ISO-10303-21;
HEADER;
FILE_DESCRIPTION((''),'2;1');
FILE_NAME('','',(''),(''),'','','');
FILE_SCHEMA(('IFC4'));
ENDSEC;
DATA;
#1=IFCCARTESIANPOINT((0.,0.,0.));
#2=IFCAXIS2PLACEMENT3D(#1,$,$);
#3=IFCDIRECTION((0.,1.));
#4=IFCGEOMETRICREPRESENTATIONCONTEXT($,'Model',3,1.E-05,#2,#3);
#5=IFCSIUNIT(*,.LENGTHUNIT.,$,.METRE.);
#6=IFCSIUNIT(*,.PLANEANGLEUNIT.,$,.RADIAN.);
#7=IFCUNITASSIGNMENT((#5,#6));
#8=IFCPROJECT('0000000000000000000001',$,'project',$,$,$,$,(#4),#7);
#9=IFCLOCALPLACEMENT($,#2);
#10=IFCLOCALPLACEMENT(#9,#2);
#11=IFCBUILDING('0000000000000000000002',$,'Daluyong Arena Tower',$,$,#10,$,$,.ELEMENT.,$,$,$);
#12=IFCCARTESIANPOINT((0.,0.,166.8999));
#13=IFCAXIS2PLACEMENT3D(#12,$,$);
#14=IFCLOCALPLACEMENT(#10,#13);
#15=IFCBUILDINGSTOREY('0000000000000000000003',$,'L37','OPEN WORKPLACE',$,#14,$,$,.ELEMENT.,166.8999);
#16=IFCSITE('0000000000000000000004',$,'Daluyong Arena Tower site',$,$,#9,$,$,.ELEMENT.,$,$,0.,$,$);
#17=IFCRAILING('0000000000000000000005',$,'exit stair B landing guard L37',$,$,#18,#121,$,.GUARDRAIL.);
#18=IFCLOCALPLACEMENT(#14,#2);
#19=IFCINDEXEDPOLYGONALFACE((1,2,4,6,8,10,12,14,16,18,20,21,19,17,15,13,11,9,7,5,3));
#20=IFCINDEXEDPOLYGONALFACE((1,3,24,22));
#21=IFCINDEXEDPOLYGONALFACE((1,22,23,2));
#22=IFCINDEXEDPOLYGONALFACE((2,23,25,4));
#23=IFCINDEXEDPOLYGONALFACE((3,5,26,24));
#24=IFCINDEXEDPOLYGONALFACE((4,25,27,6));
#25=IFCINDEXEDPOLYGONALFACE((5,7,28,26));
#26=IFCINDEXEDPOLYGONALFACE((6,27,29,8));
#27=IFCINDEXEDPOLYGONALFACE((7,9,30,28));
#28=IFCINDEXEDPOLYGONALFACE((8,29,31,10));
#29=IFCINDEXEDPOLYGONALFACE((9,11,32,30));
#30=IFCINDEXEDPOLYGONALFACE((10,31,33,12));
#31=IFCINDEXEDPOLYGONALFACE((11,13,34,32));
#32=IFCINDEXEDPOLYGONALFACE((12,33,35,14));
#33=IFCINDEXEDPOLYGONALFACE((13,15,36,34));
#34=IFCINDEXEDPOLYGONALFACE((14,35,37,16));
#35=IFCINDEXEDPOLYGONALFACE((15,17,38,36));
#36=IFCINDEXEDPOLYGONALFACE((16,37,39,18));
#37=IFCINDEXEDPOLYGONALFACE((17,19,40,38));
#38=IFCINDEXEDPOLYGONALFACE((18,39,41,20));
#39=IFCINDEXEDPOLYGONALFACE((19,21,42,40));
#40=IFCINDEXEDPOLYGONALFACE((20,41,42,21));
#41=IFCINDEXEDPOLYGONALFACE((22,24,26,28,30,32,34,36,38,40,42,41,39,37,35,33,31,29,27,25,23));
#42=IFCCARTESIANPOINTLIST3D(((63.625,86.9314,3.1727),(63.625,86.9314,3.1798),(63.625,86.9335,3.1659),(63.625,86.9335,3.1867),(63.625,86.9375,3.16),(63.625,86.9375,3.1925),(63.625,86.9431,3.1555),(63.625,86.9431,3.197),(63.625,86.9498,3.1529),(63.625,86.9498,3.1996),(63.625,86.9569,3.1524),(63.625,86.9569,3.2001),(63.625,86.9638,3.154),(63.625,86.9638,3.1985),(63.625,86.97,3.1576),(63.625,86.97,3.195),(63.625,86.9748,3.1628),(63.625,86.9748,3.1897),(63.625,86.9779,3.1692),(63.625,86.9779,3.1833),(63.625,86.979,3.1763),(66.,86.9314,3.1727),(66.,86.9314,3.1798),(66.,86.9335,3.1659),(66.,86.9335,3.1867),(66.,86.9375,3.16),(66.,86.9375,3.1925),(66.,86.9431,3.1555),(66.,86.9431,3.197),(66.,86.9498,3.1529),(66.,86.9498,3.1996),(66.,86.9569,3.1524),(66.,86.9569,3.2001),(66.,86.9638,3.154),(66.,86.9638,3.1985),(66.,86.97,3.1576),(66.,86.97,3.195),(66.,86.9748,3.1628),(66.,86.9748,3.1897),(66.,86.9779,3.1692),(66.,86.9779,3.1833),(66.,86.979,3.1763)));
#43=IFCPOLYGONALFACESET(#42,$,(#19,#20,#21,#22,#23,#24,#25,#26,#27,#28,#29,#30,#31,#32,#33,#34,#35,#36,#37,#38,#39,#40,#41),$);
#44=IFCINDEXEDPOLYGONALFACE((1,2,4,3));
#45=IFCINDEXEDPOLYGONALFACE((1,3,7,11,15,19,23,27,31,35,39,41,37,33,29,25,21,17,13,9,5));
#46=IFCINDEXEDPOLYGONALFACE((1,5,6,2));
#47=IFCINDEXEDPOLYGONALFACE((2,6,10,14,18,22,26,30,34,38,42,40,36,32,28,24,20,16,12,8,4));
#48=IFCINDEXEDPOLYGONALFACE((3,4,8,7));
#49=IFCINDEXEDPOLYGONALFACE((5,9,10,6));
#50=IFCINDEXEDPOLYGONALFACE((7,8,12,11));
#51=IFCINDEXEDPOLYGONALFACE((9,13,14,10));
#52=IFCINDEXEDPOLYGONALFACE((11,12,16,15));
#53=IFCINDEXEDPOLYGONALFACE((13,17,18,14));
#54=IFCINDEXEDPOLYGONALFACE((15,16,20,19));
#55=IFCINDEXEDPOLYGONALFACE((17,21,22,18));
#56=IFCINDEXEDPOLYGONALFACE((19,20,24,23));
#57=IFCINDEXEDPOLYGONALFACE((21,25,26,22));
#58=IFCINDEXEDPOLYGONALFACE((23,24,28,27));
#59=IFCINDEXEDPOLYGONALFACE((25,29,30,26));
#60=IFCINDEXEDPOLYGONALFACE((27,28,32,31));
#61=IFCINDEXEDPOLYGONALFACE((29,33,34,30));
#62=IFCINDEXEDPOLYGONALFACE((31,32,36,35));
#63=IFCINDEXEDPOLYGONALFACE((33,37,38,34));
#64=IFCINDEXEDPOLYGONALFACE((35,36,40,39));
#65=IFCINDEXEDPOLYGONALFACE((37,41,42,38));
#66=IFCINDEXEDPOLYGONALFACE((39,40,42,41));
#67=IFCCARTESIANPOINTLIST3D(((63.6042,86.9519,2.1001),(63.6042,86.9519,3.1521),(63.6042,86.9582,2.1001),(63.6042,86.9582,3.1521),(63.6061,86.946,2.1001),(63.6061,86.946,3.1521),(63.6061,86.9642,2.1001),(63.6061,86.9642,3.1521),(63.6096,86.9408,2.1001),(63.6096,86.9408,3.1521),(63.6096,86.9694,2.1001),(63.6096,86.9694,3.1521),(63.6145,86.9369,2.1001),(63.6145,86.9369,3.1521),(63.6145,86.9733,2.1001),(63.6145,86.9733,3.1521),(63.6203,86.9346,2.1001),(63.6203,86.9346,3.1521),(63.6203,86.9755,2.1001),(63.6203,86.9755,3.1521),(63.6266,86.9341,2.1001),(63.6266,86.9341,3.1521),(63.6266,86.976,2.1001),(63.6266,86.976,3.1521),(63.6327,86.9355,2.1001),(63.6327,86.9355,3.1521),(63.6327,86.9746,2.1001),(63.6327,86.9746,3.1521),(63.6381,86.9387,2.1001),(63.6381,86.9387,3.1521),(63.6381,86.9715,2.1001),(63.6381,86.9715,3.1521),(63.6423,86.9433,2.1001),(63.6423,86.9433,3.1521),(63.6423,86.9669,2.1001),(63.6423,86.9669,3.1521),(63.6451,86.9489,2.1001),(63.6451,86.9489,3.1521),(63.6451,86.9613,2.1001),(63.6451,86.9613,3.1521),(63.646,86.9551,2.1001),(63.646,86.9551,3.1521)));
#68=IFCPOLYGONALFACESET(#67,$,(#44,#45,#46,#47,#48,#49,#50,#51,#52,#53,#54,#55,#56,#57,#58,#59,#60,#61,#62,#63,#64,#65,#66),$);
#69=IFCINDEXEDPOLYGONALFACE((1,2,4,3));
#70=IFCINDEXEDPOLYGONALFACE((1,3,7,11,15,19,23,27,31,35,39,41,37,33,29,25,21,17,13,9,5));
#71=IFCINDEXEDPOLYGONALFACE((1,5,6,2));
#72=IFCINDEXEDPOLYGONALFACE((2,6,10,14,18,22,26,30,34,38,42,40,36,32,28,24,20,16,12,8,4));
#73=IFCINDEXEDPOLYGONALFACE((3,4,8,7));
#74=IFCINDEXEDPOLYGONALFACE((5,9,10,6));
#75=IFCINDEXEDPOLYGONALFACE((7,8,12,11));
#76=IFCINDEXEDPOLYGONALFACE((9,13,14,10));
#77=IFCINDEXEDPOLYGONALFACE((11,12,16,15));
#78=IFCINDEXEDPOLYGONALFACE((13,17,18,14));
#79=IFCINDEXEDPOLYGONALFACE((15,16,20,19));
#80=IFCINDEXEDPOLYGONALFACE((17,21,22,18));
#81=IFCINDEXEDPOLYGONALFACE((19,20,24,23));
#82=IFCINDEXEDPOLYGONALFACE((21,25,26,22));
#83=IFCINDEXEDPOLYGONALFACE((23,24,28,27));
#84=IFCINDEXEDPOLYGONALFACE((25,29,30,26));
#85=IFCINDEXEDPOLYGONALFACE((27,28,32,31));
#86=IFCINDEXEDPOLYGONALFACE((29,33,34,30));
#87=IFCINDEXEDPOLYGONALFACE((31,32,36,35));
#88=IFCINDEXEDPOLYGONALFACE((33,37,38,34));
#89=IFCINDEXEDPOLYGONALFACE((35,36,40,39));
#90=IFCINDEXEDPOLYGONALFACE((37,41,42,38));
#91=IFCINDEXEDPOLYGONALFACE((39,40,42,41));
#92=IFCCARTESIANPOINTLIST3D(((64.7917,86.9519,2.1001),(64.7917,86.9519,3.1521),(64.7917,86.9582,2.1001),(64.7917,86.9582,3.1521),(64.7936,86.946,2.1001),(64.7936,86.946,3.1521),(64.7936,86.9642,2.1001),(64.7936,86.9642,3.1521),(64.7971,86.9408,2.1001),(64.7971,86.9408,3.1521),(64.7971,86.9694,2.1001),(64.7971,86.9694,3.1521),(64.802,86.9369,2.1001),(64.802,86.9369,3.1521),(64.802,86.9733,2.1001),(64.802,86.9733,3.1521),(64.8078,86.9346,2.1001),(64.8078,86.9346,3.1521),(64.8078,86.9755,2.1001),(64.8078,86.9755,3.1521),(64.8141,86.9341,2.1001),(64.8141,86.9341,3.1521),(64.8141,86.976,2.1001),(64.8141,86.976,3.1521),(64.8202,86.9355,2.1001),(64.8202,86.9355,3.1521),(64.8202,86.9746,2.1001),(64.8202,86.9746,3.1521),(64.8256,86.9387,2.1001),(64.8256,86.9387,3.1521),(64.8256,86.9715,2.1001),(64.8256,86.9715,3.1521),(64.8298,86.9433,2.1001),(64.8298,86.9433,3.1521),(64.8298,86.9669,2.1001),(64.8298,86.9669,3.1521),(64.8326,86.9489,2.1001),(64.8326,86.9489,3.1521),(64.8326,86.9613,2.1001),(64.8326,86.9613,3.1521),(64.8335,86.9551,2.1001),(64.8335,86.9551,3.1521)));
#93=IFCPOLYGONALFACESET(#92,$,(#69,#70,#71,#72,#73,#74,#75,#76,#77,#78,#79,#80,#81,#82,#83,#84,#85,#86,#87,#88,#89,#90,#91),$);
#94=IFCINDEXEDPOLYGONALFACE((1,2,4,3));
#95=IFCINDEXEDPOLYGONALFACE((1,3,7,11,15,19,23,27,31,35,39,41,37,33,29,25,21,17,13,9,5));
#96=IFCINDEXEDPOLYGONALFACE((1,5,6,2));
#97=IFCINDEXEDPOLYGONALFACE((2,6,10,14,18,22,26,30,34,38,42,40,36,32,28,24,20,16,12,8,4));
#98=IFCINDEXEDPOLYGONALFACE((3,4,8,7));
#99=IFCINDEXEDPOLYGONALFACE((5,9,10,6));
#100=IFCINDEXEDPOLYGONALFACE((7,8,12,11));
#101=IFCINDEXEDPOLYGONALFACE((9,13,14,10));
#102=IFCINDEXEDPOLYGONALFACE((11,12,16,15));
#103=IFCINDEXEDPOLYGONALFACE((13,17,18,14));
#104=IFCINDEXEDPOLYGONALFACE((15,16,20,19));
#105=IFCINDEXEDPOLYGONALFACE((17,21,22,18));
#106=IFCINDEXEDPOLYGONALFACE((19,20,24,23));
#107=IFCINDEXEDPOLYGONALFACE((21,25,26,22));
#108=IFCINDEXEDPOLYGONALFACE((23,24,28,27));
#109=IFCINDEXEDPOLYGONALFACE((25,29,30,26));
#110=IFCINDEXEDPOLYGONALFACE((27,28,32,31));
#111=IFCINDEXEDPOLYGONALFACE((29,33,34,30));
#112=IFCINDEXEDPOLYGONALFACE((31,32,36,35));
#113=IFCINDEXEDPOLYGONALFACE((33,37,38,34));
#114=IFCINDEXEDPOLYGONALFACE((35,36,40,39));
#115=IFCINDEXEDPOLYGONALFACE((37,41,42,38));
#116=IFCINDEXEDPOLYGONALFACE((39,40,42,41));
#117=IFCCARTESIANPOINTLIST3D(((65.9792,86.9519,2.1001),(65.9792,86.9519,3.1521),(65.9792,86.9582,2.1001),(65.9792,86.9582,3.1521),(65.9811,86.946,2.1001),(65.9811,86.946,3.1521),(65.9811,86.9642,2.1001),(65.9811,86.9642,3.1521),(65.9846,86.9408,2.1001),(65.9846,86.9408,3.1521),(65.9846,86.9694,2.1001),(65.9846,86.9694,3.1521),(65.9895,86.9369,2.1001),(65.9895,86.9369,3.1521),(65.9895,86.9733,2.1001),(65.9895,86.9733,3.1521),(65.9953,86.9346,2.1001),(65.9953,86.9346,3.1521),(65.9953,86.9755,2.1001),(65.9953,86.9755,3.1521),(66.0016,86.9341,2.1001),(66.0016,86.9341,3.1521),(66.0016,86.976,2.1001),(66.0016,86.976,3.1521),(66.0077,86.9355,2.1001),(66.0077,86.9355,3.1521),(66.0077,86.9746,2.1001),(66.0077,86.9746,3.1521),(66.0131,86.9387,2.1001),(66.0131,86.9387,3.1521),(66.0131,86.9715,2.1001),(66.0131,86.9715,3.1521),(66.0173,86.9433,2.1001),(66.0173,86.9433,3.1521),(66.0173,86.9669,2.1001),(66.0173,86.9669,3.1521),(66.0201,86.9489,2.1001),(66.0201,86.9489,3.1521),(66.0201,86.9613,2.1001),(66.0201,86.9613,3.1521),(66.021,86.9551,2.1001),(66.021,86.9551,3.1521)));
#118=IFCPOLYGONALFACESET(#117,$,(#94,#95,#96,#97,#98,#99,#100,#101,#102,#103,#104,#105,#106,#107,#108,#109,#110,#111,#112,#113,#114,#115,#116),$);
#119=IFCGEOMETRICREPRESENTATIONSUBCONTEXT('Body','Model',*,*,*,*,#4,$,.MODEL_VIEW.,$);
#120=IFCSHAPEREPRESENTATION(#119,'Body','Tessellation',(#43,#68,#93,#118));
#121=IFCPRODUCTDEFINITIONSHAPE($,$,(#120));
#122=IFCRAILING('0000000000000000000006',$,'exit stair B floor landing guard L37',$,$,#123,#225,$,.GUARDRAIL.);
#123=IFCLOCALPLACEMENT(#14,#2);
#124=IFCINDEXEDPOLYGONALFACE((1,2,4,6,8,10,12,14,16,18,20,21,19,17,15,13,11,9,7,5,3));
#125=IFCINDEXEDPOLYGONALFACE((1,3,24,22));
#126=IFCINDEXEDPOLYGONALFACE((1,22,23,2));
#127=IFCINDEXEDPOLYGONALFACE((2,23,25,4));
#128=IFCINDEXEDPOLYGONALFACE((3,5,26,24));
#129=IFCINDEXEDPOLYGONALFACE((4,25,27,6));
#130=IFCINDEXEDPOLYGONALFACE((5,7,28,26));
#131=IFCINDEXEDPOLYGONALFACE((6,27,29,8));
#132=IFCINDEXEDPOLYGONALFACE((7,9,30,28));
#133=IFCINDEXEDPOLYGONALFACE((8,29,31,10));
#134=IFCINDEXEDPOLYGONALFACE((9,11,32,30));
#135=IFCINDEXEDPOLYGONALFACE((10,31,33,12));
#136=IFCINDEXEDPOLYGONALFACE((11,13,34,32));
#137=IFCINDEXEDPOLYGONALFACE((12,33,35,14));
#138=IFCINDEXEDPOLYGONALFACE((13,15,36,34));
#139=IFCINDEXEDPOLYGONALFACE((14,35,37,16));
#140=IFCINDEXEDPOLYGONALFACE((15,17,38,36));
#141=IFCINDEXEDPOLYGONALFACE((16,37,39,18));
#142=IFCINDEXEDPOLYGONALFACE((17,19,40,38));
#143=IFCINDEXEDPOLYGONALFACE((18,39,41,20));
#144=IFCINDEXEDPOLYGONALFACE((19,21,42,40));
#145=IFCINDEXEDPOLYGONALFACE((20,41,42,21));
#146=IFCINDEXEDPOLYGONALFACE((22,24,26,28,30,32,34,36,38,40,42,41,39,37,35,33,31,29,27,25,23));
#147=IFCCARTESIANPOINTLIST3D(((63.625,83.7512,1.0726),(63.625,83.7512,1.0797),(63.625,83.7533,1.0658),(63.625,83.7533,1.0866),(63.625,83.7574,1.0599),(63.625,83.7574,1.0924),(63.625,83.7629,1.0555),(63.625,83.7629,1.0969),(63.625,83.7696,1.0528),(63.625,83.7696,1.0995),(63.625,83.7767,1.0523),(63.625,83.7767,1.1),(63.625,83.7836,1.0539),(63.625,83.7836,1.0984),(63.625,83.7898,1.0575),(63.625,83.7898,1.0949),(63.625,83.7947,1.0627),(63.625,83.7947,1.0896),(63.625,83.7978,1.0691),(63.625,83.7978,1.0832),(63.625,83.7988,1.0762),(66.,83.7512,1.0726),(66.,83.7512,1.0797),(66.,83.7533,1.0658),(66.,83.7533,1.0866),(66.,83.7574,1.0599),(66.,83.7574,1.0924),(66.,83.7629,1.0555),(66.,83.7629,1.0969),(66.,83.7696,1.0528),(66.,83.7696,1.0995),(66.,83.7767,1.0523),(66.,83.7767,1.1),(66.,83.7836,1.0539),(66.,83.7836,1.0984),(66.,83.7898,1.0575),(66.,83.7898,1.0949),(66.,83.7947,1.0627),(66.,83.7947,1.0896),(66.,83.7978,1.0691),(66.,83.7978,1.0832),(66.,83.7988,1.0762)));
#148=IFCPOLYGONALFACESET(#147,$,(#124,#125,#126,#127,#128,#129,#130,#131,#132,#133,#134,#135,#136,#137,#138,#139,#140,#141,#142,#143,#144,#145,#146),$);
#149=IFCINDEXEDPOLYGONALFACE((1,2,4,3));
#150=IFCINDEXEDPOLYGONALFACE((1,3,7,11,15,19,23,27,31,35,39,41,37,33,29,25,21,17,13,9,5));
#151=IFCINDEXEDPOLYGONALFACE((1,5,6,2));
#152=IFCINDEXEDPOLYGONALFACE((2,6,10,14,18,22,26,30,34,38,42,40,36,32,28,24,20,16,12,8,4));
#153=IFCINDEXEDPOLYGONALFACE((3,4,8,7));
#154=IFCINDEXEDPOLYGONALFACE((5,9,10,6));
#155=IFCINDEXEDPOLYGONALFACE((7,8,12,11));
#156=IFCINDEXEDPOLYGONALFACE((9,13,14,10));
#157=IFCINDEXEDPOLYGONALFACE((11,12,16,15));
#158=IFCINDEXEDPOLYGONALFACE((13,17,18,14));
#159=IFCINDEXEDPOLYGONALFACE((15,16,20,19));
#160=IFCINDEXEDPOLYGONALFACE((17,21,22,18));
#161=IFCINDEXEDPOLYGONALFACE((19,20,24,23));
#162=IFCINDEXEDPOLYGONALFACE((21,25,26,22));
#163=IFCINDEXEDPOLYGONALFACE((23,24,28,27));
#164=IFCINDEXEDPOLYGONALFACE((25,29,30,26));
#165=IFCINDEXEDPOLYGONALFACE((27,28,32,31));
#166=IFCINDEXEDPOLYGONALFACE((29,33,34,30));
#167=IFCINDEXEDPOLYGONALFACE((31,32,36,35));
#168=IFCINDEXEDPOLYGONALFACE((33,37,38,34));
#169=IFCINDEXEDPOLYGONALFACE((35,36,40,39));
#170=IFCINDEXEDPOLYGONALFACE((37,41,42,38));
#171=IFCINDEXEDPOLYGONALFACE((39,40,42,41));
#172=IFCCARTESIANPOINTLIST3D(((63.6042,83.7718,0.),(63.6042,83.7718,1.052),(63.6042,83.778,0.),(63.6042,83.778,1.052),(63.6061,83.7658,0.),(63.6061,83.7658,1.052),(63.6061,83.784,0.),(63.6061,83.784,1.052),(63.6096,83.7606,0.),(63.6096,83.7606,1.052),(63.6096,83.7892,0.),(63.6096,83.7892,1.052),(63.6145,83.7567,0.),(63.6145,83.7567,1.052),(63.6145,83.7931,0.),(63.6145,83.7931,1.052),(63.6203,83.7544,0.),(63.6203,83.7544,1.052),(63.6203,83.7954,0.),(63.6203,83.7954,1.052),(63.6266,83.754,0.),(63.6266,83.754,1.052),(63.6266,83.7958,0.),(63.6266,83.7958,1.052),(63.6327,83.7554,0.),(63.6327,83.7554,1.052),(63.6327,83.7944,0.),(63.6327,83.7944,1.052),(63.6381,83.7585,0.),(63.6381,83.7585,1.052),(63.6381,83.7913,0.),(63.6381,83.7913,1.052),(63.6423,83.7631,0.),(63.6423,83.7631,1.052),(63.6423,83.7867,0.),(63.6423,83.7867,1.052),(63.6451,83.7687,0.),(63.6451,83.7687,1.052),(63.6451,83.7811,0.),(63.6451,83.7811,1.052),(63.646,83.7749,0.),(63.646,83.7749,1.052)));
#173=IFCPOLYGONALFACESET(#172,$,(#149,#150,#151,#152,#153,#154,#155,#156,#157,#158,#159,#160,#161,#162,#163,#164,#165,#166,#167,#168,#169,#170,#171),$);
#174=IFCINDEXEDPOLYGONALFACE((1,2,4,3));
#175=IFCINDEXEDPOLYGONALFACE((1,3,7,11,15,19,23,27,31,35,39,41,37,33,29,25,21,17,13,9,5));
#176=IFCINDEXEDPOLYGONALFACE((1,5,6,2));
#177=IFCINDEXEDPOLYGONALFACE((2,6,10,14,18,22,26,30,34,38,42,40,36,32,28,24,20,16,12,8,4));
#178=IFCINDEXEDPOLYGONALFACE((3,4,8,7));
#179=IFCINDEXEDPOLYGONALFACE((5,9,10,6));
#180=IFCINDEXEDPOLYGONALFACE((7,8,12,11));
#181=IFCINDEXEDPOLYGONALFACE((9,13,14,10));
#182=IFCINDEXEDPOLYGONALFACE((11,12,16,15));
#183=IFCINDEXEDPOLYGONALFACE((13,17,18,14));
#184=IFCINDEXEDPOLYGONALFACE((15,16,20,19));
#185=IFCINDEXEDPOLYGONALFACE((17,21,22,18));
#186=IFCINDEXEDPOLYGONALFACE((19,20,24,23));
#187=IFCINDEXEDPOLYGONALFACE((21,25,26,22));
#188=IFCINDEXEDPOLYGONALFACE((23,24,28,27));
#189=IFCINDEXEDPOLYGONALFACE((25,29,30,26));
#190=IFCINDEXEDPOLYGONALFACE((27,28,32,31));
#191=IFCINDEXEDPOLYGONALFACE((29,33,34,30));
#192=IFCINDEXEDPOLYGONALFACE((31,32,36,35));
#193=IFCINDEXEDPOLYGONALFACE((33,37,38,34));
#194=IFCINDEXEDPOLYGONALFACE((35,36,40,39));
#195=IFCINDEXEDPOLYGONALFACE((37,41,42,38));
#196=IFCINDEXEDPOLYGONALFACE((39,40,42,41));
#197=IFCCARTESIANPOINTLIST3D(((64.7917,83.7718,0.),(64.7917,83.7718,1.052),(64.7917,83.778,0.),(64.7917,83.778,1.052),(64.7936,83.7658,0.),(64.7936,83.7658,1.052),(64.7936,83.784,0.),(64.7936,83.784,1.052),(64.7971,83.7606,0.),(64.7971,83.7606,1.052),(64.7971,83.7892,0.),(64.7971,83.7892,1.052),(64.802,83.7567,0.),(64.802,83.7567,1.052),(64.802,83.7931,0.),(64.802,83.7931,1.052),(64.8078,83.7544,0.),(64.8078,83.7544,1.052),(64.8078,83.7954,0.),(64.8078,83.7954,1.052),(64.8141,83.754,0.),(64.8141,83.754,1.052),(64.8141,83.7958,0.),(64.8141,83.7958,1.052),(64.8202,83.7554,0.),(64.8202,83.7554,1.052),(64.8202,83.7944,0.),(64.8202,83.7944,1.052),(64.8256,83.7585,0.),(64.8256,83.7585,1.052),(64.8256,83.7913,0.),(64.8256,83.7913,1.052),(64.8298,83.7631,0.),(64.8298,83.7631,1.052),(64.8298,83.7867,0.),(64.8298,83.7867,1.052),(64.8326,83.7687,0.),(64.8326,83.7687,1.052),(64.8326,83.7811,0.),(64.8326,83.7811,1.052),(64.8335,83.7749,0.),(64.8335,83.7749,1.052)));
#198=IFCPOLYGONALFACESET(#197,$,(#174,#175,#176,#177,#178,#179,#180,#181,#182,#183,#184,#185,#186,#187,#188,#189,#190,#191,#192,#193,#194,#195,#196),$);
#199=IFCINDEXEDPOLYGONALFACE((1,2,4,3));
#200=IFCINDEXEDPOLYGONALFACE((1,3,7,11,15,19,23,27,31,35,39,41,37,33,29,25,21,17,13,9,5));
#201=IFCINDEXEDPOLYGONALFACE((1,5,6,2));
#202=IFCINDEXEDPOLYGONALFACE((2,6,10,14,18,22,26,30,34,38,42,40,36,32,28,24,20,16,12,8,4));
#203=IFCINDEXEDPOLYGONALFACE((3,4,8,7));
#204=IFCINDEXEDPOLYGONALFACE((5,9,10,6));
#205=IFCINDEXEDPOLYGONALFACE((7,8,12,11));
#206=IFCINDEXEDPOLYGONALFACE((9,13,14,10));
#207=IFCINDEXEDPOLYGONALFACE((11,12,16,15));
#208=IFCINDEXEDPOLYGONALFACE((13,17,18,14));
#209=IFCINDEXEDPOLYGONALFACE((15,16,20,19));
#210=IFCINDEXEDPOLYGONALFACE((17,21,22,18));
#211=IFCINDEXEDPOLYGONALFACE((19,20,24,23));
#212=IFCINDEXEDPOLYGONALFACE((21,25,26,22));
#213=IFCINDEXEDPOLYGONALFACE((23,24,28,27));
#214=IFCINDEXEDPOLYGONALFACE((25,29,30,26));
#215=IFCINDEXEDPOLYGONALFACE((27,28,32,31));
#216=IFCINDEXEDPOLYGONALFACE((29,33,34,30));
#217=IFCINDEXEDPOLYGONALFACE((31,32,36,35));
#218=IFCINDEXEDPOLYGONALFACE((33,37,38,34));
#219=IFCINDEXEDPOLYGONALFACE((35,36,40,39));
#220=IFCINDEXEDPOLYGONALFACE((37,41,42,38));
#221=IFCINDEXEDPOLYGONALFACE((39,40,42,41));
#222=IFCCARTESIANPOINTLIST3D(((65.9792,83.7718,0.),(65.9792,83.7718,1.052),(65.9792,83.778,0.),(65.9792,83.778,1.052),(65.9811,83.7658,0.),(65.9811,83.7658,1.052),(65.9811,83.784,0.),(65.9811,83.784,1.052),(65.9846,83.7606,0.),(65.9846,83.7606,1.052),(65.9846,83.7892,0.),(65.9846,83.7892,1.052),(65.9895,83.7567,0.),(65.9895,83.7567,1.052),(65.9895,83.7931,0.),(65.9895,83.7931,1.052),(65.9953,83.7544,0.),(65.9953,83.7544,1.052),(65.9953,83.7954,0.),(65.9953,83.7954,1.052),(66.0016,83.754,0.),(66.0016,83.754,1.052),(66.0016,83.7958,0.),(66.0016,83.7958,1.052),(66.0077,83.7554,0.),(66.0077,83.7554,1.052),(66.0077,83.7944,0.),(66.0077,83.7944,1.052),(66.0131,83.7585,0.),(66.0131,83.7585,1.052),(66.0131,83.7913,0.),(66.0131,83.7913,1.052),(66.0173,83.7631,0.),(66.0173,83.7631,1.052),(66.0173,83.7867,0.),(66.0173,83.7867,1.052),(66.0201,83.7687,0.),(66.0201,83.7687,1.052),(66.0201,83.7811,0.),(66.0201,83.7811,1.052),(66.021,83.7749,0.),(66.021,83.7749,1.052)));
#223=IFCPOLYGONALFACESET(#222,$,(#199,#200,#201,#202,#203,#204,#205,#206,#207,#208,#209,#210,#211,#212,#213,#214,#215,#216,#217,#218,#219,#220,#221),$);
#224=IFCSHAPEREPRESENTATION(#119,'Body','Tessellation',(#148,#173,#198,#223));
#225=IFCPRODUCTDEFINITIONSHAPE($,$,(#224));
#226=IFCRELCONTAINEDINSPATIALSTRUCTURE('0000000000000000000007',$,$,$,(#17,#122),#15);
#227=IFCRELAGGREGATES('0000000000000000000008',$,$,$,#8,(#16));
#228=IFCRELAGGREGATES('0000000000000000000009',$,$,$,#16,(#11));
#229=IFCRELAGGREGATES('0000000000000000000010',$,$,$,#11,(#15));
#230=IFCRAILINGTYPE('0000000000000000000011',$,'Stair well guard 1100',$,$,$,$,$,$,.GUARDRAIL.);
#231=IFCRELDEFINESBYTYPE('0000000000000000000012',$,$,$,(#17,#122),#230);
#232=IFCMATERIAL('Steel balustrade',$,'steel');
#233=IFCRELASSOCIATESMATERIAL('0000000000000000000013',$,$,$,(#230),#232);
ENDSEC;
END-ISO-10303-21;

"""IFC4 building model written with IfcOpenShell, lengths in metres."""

from ifc_helpers import new_model, si_unit, direction, frame, origin, origin_2d, place, context, subcontext, project, spatial, circle, extrude, material, type_object, element, save


model = new_model("IFC4")

# Units and contexts
model_context = context("Model", 3, precision=1e-05, world=origin(), true_north=direction((0.0, 1.0)))
body_context = subcontext(model_context, "Body", "Model", "MODEL_VIEW")
ifc_project = project(units=[si_unit("LENGTHUNIT", "METRE"), si_unit("PLANEANGLEUNIT", "RADIAN")], contexts=[model_context])

# Site, building, storey
site_placement = place(None, origin())
site = spatial("IfcSite", under=ifc_project, at=site_placement, Name="Daluyong Arena Tower site", CompositionType="ELEMENT", RefElevation=0.0)
building_placement = place(site_placement, origin())
building = spatial("IfcBuilding", under=site, at=building_placement, Name="Daluyong Arena Tower", CompositionType="ELEMENT")
storey_placement = place(building_placement, frame((0.0, 0.0, 166.8999)))
storey = spatial("IfcBuildingStorey", under=building, at=storey_placement, Name="L37", Description="OPEN WORKPLACE", CompositionType="ELEMENT", Elevation=166.8999)

# Railings
ifc_material_1 = material(Name="Steel balustrade", Category="steel")
railing_type_1 = type_object("IfcRailingType", Name="Stair well guard 1100", PredefinedType="GUARDRAIL", material=ifc_material_1)
for number, where, name in (
    (1, (63.625, 86.9551, 2.1001), "exit stair B landing guard L37"),
    (2, (63.625, 83.7749, 0.0), "exit stair B floor landing guard L37"),
):
    element("IfcRailing", number, at=place(storey_placement, frame(where)), inside=storey, type_object=railing_type_1, Name=name, PredefinedType="GUARDRAIL", context=body_context, shape_type="SweptSolid", body=[
        extrude(circle(Radius=0.0239, at=origin_2d()), frame((0.0, 0.0, 1.0762), z_axis=(1.0, 0.0, 0.0), x_axis=(0.0, 1.0, 0.0)), (0.0, 0.0, 1.0), 2.375),
        extrude(circle(Radius=0.021, at=origin_2d()), origin(), (0.0, 0.0, 1.0), 1.052),
        extrude(circle(Radius=0.021, at=origin_2d()), frame((1.1875, 0.0, 0.0)), (0.0, 0.0, 1.0), 1.052),
        extrude(circle(Radius=0.021, at=origin_2d()), frame((2.375, 0.0, 0.0)), (0.0, 0.0, 1.0), 1.052),
    ])

save(model, "model.ifc")
